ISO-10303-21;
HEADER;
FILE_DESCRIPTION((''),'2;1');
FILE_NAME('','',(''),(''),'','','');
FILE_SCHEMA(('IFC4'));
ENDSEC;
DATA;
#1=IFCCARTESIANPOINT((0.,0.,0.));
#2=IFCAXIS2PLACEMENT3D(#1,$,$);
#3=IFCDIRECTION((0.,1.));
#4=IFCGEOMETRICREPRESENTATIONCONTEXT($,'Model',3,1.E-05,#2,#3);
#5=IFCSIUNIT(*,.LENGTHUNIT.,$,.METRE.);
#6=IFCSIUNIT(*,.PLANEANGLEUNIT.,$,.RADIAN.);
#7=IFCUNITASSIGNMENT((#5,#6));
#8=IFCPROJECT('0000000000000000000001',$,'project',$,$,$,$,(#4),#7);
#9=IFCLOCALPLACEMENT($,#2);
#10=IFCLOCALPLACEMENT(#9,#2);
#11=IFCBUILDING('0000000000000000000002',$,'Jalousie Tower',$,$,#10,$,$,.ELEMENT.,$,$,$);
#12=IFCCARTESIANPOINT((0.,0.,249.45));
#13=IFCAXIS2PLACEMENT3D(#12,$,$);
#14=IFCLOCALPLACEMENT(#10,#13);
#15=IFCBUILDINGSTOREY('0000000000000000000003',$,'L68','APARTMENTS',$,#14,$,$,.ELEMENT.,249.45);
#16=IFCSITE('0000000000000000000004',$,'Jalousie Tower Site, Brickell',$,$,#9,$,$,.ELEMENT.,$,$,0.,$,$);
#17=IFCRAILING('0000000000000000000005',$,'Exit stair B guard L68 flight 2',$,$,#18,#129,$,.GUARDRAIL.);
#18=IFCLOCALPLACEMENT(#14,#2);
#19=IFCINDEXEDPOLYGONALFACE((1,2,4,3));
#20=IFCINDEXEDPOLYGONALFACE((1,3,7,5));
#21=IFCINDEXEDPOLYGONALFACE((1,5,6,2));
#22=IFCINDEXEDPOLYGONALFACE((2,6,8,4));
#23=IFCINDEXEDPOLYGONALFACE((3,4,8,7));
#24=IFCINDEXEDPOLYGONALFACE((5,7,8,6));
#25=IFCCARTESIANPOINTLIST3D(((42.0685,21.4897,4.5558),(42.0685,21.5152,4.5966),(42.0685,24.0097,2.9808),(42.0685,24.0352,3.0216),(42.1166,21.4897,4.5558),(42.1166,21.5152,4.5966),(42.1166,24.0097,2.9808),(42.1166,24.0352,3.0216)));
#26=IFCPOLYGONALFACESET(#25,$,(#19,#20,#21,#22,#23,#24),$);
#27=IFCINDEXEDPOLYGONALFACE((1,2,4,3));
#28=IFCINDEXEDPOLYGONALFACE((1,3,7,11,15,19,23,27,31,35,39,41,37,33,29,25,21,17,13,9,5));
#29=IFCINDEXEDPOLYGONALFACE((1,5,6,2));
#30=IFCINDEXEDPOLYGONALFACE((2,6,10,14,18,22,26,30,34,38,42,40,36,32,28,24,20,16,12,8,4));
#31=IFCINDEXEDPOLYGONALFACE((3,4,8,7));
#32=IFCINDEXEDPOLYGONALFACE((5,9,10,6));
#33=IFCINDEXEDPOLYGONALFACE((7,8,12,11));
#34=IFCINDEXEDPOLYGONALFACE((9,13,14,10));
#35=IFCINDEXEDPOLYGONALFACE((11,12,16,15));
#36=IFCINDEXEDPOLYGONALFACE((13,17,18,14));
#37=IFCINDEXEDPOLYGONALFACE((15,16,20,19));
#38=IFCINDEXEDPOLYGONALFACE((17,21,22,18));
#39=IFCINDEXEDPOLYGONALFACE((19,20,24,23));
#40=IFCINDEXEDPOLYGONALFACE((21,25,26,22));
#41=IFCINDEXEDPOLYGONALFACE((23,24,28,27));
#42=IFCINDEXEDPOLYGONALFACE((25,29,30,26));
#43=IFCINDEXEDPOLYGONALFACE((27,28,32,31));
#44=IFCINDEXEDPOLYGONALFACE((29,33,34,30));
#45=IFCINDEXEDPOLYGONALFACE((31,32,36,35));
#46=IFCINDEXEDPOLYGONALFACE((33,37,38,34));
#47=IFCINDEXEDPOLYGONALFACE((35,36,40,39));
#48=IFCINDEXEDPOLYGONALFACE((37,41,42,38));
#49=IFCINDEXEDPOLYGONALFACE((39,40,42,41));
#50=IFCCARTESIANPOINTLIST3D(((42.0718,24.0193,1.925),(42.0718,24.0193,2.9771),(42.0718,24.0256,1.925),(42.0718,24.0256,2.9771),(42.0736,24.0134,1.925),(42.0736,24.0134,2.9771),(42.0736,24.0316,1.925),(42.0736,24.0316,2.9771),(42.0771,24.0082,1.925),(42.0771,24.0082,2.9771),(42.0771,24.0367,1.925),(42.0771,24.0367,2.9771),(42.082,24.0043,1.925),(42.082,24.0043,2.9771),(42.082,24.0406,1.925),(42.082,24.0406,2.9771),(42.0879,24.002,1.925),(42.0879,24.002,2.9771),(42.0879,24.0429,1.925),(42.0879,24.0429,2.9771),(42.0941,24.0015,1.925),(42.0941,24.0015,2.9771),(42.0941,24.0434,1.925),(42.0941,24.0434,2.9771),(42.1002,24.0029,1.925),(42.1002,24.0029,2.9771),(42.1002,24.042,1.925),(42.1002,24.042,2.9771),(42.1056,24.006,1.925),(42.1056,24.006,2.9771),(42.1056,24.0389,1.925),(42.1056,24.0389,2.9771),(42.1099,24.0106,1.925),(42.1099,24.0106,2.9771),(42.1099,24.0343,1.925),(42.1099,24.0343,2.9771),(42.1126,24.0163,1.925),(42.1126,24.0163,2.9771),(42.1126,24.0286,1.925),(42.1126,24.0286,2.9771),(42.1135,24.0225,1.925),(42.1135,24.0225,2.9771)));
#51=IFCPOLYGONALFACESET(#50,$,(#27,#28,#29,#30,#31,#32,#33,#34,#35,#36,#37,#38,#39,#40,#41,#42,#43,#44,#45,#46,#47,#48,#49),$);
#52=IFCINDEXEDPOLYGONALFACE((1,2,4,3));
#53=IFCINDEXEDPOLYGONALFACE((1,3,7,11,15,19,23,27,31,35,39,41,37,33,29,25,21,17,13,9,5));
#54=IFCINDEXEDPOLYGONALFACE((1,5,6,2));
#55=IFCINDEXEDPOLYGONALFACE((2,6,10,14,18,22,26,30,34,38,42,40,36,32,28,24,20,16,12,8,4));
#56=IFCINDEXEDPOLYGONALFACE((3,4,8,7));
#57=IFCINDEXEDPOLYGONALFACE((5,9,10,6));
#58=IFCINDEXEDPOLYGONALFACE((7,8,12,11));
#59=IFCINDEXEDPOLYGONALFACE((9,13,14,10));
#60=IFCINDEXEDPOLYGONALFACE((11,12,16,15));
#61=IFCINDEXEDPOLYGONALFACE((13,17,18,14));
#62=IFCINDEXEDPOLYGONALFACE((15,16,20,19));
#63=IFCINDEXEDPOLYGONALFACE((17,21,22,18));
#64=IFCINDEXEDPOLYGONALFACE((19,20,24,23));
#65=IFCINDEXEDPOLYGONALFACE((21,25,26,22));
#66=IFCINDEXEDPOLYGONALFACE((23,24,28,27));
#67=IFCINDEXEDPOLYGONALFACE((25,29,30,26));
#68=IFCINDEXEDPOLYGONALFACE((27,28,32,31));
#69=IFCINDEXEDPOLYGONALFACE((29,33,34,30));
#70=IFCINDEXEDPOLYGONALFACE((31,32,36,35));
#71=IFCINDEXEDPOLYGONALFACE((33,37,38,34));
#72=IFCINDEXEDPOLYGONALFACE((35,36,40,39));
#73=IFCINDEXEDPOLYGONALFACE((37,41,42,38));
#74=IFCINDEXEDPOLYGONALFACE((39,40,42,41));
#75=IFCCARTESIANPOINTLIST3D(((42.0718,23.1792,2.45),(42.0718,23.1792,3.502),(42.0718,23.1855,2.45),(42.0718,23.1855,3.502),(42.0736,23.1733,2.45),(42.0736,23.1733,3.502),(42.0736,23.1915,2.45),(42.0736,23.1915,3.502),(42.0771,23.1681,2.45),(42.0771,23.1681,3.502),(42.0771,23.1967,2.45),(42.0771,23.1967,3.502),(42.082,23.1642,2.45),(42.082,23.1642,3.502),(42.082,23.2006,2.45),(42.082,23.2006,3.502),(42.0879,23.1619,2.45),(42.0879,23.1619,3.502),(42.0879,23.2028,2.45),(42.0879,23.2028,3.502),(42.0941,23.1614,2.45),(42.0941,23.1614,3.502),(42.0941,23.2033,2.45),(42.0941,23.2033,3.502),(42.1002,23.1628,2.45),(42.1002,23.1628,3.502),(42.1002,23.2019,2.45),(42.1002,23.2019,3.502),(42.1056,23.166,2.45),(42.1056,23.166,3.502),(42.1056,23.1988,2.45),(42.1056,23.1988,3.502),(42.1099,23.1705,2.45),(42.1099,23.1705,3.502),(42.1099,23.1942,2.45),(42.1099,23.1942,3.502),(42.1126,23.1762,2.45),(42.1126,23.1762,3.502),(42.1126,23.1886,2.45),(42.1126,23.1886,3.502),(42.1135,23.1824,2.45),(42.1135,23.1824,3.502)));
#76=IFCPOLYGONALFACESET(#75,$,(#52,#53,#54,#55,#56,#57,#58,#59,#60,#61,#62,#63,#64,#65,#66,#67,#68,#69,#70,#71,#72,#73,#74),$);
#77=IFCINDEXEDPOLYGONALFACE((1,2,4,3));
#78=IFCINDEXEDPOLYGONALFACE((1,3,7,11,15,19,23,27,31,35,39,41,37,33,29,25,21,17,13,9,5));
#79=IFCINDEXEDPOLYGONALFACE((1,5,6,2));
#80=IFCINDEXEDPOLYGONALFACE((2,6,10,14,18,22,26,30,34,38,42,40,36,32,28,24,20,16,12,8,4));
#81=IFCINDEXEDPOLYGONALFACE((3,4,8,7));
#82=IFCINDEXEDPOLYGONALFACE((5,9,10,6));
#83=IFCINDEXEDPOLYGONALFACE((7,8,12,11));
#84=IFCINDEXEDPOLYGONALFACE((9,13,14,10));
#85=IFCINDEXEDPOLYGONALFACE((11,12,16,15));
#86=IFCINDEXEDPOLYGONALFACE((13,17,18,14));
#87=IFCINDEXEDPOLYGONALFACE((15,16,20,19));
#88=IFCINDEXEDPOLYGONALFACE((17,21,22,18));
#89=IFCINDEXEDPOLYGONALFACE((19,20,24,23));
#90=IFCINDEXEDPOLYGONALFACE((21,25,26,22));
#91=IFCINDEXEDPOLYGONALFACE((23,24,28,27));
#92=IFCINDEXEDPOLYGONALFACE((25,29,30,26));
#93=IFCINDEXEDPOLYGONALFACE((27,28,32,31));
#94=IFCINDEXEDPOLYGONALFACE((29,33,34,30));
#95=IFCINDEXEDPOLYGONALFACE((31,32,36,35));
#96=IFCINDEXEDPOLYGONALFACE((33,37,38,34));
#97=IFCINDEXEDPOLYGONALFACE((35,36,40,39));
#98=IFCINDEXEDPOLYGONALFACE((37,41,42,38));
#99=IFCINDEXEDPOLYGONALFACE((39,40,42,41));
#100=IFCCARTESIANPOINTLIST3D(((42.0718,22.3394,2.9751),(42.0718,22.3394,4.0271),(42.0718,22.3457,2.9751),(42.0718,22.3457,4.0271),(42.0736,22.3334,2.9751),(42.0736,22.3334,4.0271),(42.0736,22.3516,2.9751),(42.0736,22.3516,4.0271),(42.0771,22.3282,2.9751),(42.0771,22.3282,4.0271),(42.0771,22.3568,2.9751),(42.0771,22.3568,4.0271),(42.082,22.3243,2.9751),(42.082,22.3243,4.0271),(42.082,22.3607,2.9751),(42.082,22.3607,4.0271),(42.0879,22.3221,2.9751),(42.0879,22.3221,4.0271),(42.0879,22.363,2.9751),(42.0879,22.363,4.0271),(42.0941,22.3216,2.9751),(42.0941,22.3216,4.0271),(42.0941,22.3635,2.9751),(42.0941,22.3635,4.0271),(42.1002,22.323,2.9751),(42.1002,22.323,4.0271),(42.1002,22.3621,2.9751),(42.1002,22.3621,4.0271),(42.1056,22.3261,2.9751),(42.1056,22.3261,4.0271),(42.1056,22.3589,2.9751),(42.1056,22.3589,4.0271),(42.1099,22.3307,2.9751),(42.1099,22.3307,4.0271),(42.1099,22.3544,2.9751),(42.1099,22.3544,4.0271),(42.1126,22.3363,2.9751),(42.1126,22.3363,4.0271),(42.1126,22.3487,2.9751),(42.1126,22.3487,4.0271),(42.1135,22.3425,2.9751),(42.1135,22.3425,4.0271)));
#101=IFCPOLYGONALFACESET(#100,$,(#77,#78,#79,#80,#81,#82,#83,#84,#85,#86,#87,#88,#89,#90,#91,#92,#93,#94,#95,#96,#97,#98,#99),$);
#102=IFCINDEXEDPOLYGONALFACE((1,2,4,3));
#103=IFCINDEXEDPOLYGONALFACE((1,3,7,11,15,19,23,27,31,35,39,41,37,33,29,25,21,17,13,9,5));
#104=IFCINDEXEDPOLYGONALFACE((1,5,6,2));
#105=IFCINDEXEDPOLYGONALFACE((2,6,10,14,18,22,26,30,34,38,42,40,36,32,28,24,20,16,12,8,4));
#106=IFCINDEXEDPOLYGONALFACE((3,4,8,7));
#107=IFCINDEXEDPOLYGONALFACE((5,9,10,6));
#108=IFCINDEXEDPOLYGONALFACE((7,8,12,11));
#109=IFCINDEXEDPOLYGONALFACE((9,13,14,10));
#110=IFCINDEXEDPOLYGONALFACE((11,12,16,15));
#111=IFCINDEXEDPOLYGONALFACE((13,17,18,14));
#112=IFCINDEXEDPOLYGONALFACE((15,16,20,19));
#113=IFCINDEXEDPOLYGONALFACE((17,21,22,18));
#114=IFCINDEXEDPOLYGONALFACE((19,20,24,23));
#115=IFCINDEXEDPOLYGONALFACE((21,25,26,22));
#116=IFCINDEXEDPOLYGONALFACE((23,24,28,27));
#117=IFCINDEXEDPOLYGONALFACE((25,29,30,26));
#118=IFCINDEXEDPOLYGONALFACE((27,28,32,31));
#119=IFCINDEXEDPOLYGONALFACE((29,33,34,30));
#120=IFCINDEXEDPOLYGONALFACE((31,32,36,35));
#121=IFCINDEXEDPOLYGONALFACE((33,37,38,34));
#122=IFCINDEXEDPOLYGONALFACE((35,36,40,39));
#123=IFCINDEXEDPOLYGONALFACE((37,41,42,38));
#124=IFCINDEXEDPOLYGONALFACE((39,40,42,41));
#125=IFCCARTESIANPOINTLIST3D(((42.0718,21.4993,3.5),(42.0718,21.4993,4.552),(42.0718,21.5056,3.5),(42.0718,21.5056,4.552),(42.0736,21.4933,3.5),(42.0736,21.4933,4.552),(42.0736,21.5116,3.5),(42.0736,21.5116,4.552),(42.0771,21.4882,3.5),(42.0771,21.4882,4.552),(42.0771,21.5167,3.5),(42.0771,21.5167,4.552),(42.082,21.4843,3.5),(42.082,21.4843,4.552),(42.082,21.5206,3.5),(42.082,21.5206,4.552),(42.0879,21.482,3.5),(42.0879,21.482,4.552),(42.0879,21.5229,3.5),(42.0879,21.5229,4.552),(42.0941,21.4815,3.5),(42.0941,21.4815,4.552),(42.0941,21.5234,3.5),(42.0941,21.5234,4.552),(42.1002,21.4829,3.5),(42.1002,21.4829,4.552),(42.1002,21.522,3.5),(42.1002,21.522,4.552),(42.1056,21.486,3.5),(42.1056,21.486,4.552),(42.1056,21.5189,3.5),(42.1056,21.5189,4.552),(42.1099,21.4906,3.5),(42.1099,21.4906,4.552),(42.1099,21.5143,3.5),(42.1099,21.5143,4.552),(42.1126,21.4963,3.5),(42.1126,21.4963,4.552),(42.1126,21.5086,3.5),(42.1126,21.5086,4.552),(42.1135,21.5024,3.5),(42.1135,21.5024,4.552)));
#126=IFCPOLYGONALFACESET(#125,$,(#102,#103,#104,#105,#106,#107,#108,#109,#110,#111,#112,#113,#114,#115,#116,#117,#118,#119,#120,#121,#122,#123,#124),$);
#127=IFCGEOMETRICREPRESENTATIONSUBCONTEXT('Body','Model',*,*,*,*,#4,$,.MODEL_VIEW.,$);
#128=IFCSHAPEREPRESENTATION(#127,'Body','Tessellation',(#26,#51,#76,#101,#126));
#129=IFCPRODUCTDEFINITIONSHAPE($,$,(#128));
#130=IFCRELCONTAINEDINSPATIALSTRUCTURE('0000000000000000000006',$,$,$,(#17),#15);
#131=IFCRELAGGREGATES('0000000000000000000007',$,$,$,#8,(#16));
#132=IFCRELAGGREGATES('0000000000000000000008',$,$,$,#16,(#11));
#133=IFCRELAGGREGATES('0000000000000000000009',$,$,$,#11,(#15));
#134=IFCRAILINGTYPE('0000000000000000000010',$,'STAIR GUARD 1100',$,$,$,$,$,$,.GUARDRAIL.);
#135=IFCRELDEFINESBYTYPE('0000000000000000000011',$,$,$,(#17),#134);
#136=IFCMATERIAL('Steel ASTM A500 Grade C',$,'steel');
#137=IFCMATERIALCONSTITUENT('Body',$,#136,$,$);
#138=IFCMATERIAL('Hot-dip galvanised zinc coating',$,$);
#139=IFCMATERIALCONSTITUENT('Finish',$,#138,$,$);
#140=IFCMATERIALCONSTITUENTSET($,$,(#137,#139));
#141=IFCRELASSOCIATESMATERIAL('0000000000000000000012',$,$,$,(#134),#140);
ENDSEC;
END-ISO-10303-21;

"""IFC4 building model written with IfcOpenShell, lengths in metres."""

from ifc_helpers import new_model, si_unit, direction, frame, origin, origin_2d, place, context, subcontext, project, spatial, rectangle, circle, extrude, material, constituent, constituent_set, type_object, element, save


model = new_model("IFC4")

# Units and contexts
model_context = context("Model", 3, precision=1e-05, world=origin(), true_north=direction((0.0, 1.0)))
body_context = subcontext(model_context, "Body", "Model", "MODEL_VIEW")
ifc_project = project(units=[si_unit("LENGTHUNIT", "METRE"), si_unit("PLANEANGLEUNIT", "RADIAN")], contexts=[model_context])

# Site, building, storey
site_placement = place(None, origin())
site = spatial("IfcSite", under=ifc_project, at=site_placement, Name="Jalousie Tower Site, Brickell", CompositionType="ELEMENT", RefElevation=0.0)
building_placement = place(site_placement, origin())
building = spatial("IfcBuilding", under=site, at=building_placement, Name="Jalousie Tower", CompositionType="ELEMENT")
storey_placement = place(building_placement, frame((0.0, 0.0, 249.45)))
storey = spatial("IfcBuildingStorey", under=building, at=storey_placement, Name="L68", Description="APARTMENTS", CompositionType="ELEMENT", Elevation=249.45)

# Railing
ifc_material_1 = material(Name="Steel ASTM A500 Grade C", Category="steel")
ifc_constituent_1 = constituent(ifc_material_1, Name="Body")
ifc_material_2 = material(Name="Hot-dip galvanised zinc coating")
ifc_constituent_2 = constituent(ifc_material_2, Name="Finish")
ifc_constituent_set_1 = constituent_set(constituents=[ifc_constituent_1, ifc_constituent_2])
railing_type_1 = type_object("IfcRailingType", Name="STAIR GUARD 1100", PredefinedType="GUARDRAIL", material=ifc_constituent_set_1)
railing_1_placement = place(storey_placement, frame((42.0925, 24.0225, 1.925)))
element("IfcRailing", 1, at=railing_1_placement, inside=storey, type_object=railing_type_1, Name="Exit stair B guard L68 flight 2", PredefinedType="GUARDRAIL", context=body_context, shape_type="SweptSolid", body=[
    extrude(rectangle(XDim=0.0481, YDim=0.0481, at=origin_2d()), frame((0.0, 0.0, 1.0762), z_axis=(0.0, -0.848008, 0.529984), x_axis=(1.0, 0.0, 0.0)), (0.0, 0.0, 1.0), 2.9717),
    extrude(circle(Radius=0.021, at=origin_2d()), origin(), (0.0, 0.0, 1.0), 1.052),
    extrude(circle(Radius=0.021, at=origin_2d()), frame((0.0, -0.8401, 0.5249)), (0.0, 0.0, 1.0), 1.052),
    extrude(circle(Radius=0.021, at=origin_2d()), frame((0.0, -1.6799, 1.05)), (0.0, 0.0, 1.0), 1.052),
    extrude(circle(Radius=0.021, at=origin_2d()), frame((0.0, -2.52, 1.575)), (0.0, 0.0, 1.0), 1.052),
])

save(model, "model.ifc")
